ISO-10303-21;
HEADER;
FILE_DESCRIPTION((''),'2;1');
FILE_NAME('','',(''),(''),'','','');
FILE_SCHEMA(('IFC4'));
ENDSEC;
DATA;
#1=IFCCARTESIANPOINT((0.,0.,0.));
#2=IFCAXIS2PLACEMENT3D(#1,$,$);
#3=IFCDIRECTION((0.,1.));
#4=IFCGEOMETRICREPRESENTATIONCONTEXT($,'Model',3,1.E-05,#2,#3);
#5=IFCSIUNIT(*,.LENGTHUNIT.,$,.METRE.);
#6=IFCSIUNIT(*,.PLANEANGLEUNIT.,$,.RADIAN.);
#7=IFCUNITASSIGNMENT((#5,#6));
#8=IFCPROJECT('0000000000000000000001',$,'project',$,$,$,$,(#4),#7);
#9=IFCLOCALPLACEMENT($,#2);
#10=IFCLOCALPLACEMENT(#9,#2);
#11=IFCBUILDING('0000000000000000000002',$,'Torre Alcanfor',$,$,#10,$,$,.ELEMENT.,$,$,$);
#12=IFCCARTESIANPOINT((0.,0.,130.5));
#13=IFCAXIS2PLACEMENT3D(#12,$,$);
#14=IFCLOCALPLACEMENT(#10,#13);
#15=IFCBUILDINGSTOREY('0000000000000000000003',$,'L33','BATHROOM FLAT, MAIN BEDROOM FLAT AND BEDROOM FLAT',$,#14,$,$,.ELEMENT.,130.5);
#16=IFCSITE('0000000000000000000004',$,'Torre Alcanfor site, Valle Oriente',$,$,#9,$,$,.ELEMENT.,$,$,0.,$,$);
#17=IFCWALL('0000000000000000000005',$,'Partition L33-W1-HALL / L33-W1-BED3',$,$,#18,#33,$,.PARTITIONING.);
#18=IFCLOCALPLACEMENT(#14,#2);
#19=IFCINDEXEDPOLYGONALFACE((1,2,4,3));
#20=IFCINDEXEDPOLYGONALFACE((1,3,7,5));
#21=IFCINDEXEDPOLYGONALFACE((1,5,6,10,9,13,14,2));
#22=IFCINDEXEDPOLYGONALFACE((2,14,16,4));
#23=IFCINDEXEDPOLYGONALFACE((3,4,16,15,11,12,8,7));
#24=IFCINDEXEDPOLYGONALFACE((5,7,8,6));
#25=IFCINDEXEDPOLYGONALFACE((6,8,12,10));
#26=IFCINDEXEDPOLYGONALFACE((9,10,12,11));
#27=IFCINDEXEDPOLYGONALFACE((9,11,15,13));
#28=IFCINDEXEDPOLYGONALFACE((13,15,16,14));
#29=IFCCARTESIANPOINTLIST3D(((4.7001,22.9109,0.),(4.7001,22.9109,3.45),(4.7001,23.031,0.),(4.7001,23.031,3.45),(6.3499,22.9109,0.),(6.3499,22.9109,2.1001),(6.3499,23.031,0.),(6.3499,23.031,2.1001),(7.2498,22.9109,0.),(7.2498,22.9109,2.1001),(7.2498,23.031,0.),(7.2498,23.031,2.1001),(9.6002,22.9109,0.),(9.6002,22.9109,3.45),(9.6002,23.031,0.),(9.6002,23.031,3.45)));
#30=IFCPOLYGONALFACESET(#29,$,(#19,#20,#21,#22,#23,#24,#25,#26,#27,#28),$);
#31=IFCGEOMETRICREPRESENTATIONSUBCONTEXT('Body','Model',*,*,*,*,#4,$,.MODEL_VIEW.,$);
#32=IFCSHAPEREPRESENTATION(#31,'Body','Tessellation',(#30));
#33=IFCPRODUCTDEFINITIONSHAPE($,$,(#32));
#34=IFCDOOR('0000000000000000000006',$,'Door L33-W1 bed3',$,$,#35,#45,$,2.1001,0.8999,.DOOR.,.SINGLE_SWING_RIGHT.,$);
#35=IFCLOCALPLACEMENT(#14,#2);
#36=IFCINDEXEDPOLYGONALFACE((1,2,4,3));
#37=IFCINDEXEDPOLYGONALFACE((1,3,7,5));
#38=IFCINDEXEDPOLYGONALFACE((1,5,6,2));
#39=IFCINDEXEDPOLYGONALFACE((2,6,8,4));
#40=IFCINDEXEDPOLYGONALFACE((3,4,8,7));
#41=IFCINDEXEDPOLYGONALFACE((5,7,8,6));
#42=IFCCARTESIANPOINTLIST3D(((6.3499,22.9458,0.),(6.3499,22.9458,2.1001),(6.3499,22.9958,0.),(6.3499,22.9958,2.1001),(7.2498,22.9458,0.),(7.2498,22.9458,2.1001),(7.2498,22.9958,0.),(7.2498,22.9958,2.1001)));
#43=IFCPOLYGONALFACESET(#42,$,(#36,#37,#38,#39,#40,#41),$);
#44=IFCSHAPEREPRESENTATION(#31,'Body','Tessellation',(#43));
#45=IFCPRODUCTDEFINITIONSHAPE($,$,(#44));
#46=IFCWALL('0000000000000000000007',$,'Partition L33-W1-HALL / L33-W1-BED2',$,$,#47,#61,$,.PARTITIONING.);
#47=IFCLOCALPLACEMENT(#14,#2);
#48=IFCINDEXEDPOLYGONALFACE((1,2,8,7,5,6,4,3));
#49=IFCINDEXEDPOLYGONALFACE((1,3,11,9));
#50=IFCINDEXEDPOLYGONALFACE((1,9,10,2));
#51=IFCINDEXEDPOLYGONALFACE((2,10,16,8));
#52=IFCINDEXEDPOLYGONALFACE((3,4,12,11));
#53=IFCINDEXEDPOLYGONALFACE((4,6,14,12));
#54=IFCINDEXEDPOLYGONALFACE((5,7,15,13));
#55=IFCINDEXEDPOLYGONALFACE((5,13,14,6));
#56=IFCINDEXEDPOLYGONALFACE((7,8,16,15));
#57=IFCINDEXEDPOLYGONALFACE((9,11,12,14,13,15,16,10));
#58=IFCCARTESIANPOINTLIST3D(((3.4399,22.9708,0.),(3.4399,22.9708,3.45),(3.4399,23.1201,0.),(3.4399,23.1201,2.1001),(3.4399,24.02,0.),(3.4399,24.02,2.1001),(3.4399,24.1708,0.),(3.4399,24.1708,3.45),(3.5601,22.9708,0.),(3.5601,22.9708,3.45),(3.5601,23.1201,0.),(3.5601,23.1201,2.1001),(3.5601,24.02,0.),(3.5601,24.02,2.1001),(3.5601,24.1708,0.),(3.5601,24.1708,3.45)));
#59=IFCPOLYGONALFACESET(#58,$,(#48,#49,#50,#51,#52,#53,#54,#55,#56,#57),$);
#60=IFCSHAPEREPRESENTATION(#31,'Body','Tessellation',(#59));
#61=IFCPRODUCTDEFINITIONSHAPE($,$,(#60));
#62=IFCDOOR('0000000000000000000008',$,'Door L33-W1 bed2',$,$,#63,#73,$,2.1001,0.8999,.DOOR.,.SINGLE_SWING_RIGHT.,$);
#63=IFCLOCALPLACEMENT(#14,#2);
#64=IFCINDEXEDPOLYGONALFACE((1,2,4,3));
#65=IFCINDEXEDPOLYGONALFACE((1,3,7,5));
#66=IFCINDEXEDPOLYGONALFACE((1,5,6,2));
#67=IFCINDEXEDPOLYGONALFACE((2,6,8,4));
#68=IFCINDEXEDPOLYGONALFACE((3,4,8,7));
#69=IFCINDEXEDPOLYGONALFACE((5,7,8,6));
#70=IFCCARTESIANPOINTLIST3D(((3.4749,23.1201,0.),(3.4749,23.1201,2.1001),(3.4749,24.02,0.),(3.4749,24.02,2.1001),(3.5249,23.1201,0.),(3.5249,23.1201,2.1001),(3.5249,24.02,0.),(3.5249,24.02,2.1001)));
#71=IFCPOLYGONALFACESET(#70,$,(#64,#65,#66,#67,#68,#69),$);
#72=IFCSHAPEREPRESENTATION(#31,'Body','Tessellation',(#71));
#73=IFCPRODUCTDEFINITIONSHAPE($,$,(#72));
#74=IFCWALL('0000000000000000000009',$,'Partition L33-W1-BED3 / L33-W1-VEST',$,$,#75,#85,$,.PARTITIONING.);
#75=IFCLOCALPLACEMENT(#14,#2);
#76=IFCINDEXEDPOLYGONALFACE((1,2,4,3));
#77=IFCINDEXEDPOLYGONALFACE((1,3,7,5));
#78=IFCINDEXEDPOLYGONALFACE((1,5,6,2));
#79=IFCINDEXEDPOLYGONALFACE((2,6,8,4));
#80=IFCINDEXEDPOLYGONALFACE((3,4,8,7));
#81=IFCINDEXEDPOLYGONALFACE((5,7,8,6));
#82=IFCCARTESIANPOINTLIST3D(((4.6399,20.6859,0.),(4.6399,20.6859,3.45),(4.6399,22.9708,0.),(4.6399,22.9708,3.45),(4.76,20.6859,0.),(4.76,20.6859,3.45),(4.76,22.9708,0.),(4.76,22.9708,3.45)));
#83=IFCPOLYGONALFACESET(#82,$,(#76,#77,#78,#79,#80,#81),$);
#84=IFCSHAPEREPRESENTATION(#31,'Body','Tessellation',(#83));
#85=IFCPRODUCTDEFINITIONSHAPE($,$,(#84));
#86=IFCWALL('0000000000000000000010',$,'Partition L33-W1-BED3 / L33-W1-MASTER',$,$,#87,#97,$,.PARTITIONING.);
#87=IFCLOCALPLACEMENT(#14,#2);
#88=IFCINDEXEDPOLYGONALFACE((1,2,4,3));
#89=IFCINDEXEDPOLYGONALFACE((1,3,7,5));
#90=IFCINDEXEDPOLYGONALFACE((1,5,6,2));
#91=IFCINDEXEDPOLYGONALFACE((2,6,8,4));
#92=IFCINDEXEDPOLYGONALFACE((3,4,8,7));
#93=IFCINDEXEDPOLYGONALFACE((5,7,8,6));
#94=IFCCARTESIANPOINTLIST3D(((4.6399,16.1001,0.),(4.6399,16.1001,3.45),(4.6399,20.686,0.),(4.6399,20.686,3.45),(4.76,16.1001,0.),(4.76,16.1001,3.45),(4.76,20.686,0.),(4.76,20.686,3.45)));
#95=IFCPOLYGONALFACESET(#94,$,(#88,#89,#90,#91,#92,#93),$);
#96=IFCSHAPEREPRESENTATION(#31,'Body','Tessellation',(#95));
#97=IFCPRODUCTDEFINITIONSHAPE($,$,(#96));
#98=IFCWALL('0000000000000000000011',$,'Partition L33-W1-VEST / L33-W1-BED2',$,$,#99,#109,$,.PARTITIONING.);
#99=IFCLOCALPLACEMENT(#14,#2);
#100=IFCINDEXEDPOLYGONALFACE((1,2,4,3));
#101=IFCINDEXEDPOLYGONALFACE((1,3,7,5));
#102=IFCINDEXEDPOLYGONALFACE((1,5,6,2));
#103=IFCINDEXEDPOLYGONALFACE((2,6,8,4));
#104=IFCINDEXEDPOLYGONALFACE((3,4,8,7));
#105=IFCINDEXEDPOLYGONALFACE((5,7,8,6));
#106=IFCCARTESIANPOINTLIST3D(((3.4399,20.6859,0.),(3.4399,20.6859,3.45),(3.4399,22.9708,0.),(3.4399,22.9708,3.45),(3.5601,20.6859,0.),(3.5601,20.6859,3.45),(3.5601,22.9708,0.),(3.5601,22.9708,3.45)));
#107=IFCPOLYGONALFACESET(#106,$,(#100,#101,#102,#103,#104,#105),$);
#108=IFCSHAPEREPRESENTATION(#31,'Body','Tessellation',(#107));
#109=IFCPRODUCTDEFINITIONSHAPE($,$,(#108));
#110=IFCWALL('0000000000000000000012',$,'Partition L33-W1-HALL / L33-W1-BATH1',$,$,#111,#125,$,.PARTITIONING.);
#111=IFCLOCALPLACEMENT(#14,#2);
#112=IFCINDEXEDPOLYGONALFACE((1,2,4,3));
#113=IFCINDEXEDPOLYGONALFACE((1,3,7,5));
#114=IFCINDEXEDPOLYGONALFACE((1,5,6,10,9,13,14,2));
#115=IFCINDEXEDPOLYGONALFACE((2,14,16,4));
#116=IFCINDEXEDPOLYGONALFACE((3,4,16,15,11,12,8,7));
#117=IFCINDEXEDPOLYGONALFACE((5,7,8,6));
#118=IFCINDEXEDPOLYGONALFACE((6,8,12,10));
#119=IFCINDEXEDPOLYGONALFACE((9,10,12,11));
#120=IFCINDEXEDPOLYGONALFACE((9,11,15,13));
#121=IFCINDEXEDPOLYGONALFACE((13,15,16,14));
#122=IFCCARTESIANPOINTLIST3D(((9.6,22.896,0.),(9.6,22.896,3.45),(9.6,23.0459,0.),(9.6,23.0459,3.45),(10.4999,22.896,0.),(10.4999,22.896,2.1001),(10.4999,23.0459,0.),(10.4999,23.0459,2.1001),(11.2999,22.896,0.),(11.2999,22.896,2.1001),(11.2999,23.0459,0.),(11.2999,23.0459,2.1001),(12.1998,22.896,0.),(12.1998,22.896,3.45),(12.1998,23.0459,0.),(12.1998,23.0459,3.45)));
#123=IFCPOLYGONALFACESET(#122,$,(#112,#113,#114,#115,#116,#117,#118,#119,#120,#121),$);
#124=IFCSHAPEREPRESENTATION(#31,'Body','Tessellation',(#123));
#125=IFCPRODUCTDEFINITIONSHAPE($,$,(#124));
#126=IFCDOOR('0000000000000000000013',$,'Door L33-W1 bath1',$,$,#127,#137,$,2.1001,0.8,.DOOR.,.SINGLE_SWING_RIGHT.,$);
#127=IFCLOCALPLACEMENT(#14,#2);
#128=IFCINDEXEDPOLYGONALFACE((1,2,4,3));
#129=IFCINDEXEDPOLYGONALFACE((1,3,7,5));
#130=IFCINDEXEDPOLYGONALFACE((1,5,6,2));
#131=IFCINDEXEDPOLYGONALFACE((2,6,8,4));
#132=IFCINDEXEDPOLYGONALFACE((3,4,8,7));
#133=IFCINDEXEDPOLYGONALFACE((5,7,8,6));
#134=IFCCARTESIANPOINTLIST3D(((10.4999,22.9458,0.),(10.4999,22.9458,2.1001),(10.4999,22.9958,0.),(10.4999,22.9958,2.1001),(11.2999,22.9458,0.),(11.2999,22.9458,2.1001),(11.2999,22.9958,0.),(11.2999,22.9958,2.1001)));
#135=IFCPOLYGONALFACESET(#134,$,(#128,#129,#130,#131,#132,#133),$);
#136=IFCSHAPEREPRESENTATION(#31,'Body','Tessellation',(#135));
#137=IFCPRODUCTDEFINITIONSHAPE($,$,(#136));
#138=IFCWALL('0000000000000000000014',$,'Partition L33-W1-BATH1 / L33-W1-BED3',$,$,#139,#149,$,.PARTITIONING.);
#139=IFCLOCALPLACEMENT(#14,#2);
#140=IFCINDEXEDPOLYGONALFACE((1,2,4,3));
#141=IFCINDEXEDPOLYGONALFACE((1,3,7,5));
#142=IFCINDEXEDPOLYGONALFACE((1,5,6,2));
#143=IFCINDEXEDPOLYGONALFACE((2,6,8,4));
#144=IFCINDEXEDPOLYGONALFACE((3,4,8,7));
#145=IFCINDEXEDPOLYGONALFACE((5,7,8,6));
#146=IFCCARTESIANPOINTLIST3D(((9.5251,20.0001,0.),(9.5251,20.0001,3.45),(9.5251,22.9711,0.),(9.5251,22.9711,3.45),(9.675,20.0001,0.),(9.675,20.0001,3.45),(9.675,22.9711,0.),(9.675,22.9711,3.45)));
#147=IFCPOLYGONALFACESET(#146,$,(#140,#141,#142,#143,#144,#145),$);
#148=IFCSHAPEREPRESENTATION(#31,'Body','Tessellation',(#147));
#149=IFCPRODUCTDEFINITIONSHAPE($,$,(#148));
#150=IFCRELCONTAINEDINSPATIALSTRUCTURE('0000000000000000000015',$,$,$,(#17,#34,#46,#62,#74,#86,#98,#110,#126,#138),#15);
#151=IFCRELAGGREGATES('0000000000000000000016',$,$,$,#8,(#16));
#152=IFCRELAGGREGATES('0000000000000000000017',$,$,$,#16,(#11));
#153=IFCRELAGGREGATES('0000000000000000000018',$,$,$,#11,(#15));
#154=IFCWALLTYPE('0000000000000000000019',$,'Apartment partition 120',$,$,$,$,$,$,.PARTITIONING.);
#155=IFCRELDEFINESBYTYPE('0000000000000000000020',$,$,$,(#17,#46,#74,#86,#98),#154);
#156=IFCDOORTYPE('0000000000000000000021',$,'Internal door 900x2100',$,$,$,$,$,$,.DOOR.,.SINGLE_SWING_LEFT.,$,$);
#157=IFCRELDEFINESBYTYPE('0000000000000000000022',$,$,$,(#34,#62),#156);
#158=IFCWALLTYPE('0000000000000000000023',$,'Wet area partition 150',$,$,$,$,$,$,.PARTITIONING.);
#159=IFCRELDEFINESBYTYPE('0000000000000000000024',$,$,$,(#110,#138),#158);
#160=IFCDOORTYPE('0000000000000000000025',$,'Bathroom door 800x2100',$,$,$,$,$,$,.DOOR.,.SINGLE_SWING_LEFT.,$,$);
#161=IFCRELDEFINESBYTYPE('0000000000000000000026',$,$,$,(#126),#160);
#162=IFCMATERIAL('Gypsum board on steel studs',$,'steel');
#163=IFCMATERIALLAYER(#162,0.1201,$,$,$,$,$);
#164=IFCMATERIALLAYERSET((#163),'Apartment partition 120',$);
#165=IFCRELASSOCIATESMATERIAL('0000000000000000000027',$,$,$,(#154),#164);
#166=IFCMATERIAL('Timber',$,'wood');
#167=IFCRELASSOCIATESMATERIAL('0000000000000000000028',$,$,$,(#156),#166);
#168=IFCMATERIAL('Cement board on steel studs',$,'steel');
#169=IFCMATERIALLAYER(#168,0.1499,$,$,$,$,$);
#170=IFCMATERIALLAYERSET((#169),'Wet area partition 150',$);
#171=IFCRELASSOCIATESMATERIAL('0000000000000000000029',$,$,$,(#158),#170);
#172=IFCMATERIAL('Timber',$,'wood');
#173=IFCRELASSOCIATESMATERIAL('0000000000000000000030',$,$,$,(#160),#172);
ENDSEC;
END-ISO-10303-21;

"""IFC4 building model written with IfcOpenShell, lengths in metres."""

from ifc_helpers import new_model, si_unit, direction, frame, frame_2d, origin, place, context, subcontext, project, spatial, rectangle, extrude, material, layer, layer_set, type_object, element, fill, save


model = new_model("IFC4")

# Units and contexts
model_context = context("Model", 3, precision=1e-05, world=origin(), true_north=direction((0.0, 1.0)))
body_context = subcontext(model_context, "Body", "Model", "MODEL_VIEW")
ifc_project = project(units=[si_unit("LENGTHUNIT", "METRE"), si_unit("PLANEANGLEUNIT", "RADIAN")], contexts=[model_context])

# Site, building, storey
site_placement = place(None, origin())
site = spatial("IfcSite", under=ifc_project, at=site_placement, Name="Torre Alcanfor site, Valle Oriente", CompositionType="ELEMENT", RefElevation=0.0)
building_placement = place(site_placement, origin())
building = spatial("IfcBuilding", under=site, at=building_placement, Name="Torre Alcanfor", CompositionType="ELEMENT")
storey_placement = place(building_placement, frame((0.0, 0.0, 130.5)))
storey = spatial("IfcBuildingStorey", under=building, at=storey_placement, Name="L33", Description="BATHROOM FLAT, MAIN BEDROOM FLAT AND BEDROOM FLAT", CompositionType="ELEMENT", Elevation=130.5)

# Shared definitions
ifc_material_1 = material(Name="Gypsum board on steel studs", Category="steel")
ifc_layer_1 = layer(ifc_material_1, 0.1201)
ifc_layer_set_1 = layer_set([ifc_layer_1], Name="Apartment partition 120")
wall_type_1 = type_object("IfcWallType", Name="Apartment partition 120", PredefinedType="PARTITIONING", material=ifc_layer_set_1)
ifc_material_2 = material(Name="Timber", Category="wood")
door_type_1 = type_object("IfcDoorType", Name="Internal door 900x2100", OperationType="SINGLE_SWING_LEFT", PredefinedType="DOOR", material=ifc_material_2)

# Walls, openings, doors
wall_1_placement = place(storey_placement, frame((4.7, 22.9709, 0.0), z_axis=(0.0, 0.0, 1.0), x_axis=(1.0, 0.0, 0.0)))
wall_1 = element("IfcWall", 1, at=wall_1_placement, inside=storey, type_object=wall_type_1, Name="Partition L33-W1-HALL / L33-W1-BED3", PredefinedType="PARTITIONING", context=body_context, shape_type="SweptSolid", body=[
    extrude(rectangle(XDim=4.9001, YDim=0.1201, at=frame_2d((2.4502, 0.0))), origin(), (0.0, 0.0, 1.0), 3.45),
])
opening_1_placement = place(wall_1_placement, frame((1.6499, 0.0, 0.0)))
opening_1 = element("IfcOpeningElement", 2, at=opening_1_placement, cuts=wall_1, PredefinedType="OPENING", context=body_context, shape_type="SweptSolid", body=[
    extrude(rectangle(XDim=0.8999, YDim=2.1001, at=frame_2d((0.45, 1.05))), frame((0.0, 0.0701, 0.0), z_axis=(0.0, -1.0, 0.0), x_axis=(1.0, 0.0, 0.0)), (0.0, 0.0, 1.0), 0.1401),
])
door_1_placement = place(opening_1_placement, frame((0.8999, 0.0, 0.0), z_axis=(0.0, 0.0, 1.0), x_axis=(-1.0, 0.0, 0.0)))
door_1 = element("IfcDoor", 3, at=door_1_placement, inside=storey, type_object=door_type_1, Name="Door L33-W1 bed3", OperationType="SINGLE_SWING_RIGHT", OverallHeight=2.1001, OverallWidth=0.8999, PredefinedType="DOOR", context=body_context, shape_type="SweptSolid", body=[
    extrude(rectangle(XDim=0.8999, YDim=2.1001, at=frame_2d((0.45, 1.05))), frame((0.0, 0.0251, 0.0), z_axis=(0.0, -1.0, 0.0), x_axis=(1.0, 0.0, 0.0)), (0.0, 0.0, 1.0), 0.05),
])
fill(opening_1, door_1)
wall_2_placement = place(storey_placement, frame((3.5, 24.1709, 0.0), z_axis=(0.0, 0.0, 1.0), x_axis=(0.0, -1.0, 0.0)))
wall_2 = element("IfcWall", 4, at=wall_2_placement, inside=storey, type_object=wall_type_1, Name="Partition L33-W1-HALL / L33-W1-BED2", PredefinedType="PARTITIONING", context=body_context, shape_type="SweptSolid", body=[
    extrude(rectangle(XDim=1.2, YDim=0.1201, at=frame_2d((0.6001, 0.0))), origin(), (0.0, 0.0, 1.0), 3.45),
])
opening_2_placement = place(wall_2_placement, frame((0.1509, 0.0, 0.0)))
opening_2 = element("IfcOpeningElement", 5, at=opening_2_placement, cuts=wall_2, PredefinedType="OPENING", context=body_context, shape_type="SweptSolid", body=[
    extrude(rectangle(XDim=0.8999, YDim=2.1001, at=frame_2d((0.45, 1.05))), frame((0.0, 0.0701, 0.0), z_axis=(0.0, -1.0, 0.0), x_axis=(1.0, 0.0, 0.0)), (0.0, 0.0, 1.0), 0.1401),
])
door_2_placement = place(opening_2_placement, frame((0.8999, 0.0, 0.0), z_axis=(0.0, 0.0, 1.0), x_axis=(-1.0, 0.0, 0.0)))
door_2 = element("IfcDoor", 6, at=door_2_placement, inside=storey, type_object=door_type_1, Name="Door L33-W1 bed2", OperationType="SINGLE_SWING_RIGHT", OverallHeight=2.1001, OverallWidth=0.8999, PredefinedType="DOOR", context=body_context, shape_type="SweptSolid", body=[
    extrude(rectangle(XDim=0.8999, YDim=2.1001, at=frame_2d((0.45, 1.05))), frame((0.0, 0.0251, 0.0), z_axis=(0.0, -1.0, 0.0), x_axis=(1.0, 0.0, 0.0)), (0.0, 0.0, 1.0), 0.05),
])
fill(opening_2, door_2)

# Walls
wall_3_placement = place(storey_placement, frame((4.7, 22.9709, 0.0), z_axis=(0.0, 0.0, 1.0), x_axis=(0.0, -1.0, 0.0)))
element("IfcWall", 7, at=wall_3_placement, inside=storey, type_object=wall_type_1, Name="Partition L33-W1-BED3 / L33-W1-VEST", PredefinedType="PARTITIONING", context=body_context, shape_type="SweptSolid", body=[
    extrude(rectangle(XDim=2.2849, YDim=0.1201, at=frame_2d((1.1426, 0.0))), origin(), (0.0, 0.0, 1.0), 3.45),
])
wall_4_placement = place(storey_placement, frame((4.7, 20.686, 0.0), z_axis=(0.0, 0.0, 1.0), x_axis=(0.0, -1.0, 0.0)))
element("IfcWall", 8, at=wall_4_placement, inside=storey, type_object=wall_type_1, Name="Partition L33-W1-BED3 / L33-W1-MASTER", PredefinedType="PARTITIONING", context=body_context, shape_type="SweptSolid", body=[
    extrude(rectangle(XDim=4.5859, YDim=0.1201, at=frame_2d((2.293, 0.0))), origin(), (0.0, 0.0, 1.0), 3.45),
])
wall_5_placement = place(storey_placement, frame((3.5, 22.9709, 0.0), z_axis=(0.0, 0.0, 1.0), x_axis=(0.0, -1.0, 0.0)))
element("IfcWall", 9, at=wall_5_placement, inside=storey, type_object=wall_type_1, Name="Partition L33-W1-VEST / L33-W1-BED2", PredefinedType="PARTITIONING", context=body_context, shape_type="SweptSolid", body=[
    extrude(rectangle(XDim=2.2849, YDim=0.1201, at=frame_2d((1.1426, 0.0))), origin(), (0.0, 0.0, 1.0), 3.45),
])

# Wall, opening, door
ifc_material_3 = material(Name="Cement board on steel studs", Category="steel")
ifc_layer_2 = layer(ifc_material_3, 0.1499)
ifc_layer_set_2 = layer_set([ifc_layer_2], Name="Wet area partition 150")
wall_type_2 = type_object("IfcWallType", Name="Wet area partition 150", PredefinedType="PARTITIONING", material=ifc_layer_set_2)
wall_6_placement = place(storey_placement, frame((9.6001, 22.9709, 0.0), z_axis=(0.0, 0.0, 1.0), x_axis=(1.0, 0.0, 0.0)))
wall_6 = element("IfcWall", 10, at=wall_6_placement, inside=storey, type_object=wall_type_2, Name="Partition L33-W1-HALL / L33-W1-BATH1", PredefinedType="PARTITIONING", context=body_context, shape_type="SweptSolid", body=[
    extrude(rectangle(XDim=2.5999, YDim=0.1499, at=frame_2d((1.2998, 0.0))), origin(), (0.0, 0.0, 1.0), 3.45),
])
opening_3_placement = place(wall_6_placement, frame((0.8999, 0.0, 0.0)))
opening_3 = element("IfcOpeningElement", 11, at=opening_3_placement, cuts=wall_6, PredefinedType="OPENING", context=body_context, shape_type="SweptSolid", body=[
    extrude(rectangle(XDim=0.8, YDim=2.1001, at=frame_2d((0.3999, 1.05))), frame((0.0, 0.085, 0.0), z_axis=(0.0, -1.0, 0.0), x_axis=(1.0, 0.0, 0.0)), (0.0, 0.0, 1.0), 0.1699),
])
ifc_material_4 = material(Name="Timber", Category="wood")
door_type_2 = type_object("IfcDoorType", Name="Bathroom door 800x2100", OperationType="SINGLE_SWING_LEFT", PredefinedType="DOOR", material=ifc_material_4)
door_3_placement = place(opening_3_placement, frame((0.8, 0.0, 0.0), z_axis=(0.0, 0.0, 1.0), x_axis=(-1.0, 0.0, 0.0)))
door_3 = element("IfcDoor", 12, at=door_3_placement, inside=storey, type_object=door_type_2, Name="Door L33-W1 bath1", OperationType="SINGLE_SWING_RIGHT", OverallHeight=2.1001, OverallWidth=0.8, PredefinedType="DOOR", context=body_context, shape_type="SweptSolid", body=[
    extrude(rectangle(XDim=0.8, YDim=2.1001, at=frame_2d((0.4001, 1.05))), frame((0.0, 0.0251, 0.0), z_axis=(0.0, -1.0, 0.0), x_axis=(1.0, 0.0, 0.0)), (0.0, 0.0, 1.0), 0.05),
])
fill(opening_3, door_3)

# Wall
wall_7_placement = place(storey_placement, frame((9.6001, 22.9709, 0.0), z_axis=(0.0, 0.0, 1.0), x_axis=(0.0, -1.0, 0.0)))
element("IfcWall", 13, at=wall_7_placement, inside=storey, type_object=wall_type_2, Name="Partition L33-W1-BATH1 / L33-W1-BED3", PredefinedType="PARTITIONING", context=body_context, shape_type="SweptSolid", body=[
    extrude(rectangle(XDim=2.9709, YDim=0.1499, at=frame_2d((1.4854, 0.0))), origin(), (0.0, 0.0, 1.0), 3.45),
])

save(model, "model.ifc")
